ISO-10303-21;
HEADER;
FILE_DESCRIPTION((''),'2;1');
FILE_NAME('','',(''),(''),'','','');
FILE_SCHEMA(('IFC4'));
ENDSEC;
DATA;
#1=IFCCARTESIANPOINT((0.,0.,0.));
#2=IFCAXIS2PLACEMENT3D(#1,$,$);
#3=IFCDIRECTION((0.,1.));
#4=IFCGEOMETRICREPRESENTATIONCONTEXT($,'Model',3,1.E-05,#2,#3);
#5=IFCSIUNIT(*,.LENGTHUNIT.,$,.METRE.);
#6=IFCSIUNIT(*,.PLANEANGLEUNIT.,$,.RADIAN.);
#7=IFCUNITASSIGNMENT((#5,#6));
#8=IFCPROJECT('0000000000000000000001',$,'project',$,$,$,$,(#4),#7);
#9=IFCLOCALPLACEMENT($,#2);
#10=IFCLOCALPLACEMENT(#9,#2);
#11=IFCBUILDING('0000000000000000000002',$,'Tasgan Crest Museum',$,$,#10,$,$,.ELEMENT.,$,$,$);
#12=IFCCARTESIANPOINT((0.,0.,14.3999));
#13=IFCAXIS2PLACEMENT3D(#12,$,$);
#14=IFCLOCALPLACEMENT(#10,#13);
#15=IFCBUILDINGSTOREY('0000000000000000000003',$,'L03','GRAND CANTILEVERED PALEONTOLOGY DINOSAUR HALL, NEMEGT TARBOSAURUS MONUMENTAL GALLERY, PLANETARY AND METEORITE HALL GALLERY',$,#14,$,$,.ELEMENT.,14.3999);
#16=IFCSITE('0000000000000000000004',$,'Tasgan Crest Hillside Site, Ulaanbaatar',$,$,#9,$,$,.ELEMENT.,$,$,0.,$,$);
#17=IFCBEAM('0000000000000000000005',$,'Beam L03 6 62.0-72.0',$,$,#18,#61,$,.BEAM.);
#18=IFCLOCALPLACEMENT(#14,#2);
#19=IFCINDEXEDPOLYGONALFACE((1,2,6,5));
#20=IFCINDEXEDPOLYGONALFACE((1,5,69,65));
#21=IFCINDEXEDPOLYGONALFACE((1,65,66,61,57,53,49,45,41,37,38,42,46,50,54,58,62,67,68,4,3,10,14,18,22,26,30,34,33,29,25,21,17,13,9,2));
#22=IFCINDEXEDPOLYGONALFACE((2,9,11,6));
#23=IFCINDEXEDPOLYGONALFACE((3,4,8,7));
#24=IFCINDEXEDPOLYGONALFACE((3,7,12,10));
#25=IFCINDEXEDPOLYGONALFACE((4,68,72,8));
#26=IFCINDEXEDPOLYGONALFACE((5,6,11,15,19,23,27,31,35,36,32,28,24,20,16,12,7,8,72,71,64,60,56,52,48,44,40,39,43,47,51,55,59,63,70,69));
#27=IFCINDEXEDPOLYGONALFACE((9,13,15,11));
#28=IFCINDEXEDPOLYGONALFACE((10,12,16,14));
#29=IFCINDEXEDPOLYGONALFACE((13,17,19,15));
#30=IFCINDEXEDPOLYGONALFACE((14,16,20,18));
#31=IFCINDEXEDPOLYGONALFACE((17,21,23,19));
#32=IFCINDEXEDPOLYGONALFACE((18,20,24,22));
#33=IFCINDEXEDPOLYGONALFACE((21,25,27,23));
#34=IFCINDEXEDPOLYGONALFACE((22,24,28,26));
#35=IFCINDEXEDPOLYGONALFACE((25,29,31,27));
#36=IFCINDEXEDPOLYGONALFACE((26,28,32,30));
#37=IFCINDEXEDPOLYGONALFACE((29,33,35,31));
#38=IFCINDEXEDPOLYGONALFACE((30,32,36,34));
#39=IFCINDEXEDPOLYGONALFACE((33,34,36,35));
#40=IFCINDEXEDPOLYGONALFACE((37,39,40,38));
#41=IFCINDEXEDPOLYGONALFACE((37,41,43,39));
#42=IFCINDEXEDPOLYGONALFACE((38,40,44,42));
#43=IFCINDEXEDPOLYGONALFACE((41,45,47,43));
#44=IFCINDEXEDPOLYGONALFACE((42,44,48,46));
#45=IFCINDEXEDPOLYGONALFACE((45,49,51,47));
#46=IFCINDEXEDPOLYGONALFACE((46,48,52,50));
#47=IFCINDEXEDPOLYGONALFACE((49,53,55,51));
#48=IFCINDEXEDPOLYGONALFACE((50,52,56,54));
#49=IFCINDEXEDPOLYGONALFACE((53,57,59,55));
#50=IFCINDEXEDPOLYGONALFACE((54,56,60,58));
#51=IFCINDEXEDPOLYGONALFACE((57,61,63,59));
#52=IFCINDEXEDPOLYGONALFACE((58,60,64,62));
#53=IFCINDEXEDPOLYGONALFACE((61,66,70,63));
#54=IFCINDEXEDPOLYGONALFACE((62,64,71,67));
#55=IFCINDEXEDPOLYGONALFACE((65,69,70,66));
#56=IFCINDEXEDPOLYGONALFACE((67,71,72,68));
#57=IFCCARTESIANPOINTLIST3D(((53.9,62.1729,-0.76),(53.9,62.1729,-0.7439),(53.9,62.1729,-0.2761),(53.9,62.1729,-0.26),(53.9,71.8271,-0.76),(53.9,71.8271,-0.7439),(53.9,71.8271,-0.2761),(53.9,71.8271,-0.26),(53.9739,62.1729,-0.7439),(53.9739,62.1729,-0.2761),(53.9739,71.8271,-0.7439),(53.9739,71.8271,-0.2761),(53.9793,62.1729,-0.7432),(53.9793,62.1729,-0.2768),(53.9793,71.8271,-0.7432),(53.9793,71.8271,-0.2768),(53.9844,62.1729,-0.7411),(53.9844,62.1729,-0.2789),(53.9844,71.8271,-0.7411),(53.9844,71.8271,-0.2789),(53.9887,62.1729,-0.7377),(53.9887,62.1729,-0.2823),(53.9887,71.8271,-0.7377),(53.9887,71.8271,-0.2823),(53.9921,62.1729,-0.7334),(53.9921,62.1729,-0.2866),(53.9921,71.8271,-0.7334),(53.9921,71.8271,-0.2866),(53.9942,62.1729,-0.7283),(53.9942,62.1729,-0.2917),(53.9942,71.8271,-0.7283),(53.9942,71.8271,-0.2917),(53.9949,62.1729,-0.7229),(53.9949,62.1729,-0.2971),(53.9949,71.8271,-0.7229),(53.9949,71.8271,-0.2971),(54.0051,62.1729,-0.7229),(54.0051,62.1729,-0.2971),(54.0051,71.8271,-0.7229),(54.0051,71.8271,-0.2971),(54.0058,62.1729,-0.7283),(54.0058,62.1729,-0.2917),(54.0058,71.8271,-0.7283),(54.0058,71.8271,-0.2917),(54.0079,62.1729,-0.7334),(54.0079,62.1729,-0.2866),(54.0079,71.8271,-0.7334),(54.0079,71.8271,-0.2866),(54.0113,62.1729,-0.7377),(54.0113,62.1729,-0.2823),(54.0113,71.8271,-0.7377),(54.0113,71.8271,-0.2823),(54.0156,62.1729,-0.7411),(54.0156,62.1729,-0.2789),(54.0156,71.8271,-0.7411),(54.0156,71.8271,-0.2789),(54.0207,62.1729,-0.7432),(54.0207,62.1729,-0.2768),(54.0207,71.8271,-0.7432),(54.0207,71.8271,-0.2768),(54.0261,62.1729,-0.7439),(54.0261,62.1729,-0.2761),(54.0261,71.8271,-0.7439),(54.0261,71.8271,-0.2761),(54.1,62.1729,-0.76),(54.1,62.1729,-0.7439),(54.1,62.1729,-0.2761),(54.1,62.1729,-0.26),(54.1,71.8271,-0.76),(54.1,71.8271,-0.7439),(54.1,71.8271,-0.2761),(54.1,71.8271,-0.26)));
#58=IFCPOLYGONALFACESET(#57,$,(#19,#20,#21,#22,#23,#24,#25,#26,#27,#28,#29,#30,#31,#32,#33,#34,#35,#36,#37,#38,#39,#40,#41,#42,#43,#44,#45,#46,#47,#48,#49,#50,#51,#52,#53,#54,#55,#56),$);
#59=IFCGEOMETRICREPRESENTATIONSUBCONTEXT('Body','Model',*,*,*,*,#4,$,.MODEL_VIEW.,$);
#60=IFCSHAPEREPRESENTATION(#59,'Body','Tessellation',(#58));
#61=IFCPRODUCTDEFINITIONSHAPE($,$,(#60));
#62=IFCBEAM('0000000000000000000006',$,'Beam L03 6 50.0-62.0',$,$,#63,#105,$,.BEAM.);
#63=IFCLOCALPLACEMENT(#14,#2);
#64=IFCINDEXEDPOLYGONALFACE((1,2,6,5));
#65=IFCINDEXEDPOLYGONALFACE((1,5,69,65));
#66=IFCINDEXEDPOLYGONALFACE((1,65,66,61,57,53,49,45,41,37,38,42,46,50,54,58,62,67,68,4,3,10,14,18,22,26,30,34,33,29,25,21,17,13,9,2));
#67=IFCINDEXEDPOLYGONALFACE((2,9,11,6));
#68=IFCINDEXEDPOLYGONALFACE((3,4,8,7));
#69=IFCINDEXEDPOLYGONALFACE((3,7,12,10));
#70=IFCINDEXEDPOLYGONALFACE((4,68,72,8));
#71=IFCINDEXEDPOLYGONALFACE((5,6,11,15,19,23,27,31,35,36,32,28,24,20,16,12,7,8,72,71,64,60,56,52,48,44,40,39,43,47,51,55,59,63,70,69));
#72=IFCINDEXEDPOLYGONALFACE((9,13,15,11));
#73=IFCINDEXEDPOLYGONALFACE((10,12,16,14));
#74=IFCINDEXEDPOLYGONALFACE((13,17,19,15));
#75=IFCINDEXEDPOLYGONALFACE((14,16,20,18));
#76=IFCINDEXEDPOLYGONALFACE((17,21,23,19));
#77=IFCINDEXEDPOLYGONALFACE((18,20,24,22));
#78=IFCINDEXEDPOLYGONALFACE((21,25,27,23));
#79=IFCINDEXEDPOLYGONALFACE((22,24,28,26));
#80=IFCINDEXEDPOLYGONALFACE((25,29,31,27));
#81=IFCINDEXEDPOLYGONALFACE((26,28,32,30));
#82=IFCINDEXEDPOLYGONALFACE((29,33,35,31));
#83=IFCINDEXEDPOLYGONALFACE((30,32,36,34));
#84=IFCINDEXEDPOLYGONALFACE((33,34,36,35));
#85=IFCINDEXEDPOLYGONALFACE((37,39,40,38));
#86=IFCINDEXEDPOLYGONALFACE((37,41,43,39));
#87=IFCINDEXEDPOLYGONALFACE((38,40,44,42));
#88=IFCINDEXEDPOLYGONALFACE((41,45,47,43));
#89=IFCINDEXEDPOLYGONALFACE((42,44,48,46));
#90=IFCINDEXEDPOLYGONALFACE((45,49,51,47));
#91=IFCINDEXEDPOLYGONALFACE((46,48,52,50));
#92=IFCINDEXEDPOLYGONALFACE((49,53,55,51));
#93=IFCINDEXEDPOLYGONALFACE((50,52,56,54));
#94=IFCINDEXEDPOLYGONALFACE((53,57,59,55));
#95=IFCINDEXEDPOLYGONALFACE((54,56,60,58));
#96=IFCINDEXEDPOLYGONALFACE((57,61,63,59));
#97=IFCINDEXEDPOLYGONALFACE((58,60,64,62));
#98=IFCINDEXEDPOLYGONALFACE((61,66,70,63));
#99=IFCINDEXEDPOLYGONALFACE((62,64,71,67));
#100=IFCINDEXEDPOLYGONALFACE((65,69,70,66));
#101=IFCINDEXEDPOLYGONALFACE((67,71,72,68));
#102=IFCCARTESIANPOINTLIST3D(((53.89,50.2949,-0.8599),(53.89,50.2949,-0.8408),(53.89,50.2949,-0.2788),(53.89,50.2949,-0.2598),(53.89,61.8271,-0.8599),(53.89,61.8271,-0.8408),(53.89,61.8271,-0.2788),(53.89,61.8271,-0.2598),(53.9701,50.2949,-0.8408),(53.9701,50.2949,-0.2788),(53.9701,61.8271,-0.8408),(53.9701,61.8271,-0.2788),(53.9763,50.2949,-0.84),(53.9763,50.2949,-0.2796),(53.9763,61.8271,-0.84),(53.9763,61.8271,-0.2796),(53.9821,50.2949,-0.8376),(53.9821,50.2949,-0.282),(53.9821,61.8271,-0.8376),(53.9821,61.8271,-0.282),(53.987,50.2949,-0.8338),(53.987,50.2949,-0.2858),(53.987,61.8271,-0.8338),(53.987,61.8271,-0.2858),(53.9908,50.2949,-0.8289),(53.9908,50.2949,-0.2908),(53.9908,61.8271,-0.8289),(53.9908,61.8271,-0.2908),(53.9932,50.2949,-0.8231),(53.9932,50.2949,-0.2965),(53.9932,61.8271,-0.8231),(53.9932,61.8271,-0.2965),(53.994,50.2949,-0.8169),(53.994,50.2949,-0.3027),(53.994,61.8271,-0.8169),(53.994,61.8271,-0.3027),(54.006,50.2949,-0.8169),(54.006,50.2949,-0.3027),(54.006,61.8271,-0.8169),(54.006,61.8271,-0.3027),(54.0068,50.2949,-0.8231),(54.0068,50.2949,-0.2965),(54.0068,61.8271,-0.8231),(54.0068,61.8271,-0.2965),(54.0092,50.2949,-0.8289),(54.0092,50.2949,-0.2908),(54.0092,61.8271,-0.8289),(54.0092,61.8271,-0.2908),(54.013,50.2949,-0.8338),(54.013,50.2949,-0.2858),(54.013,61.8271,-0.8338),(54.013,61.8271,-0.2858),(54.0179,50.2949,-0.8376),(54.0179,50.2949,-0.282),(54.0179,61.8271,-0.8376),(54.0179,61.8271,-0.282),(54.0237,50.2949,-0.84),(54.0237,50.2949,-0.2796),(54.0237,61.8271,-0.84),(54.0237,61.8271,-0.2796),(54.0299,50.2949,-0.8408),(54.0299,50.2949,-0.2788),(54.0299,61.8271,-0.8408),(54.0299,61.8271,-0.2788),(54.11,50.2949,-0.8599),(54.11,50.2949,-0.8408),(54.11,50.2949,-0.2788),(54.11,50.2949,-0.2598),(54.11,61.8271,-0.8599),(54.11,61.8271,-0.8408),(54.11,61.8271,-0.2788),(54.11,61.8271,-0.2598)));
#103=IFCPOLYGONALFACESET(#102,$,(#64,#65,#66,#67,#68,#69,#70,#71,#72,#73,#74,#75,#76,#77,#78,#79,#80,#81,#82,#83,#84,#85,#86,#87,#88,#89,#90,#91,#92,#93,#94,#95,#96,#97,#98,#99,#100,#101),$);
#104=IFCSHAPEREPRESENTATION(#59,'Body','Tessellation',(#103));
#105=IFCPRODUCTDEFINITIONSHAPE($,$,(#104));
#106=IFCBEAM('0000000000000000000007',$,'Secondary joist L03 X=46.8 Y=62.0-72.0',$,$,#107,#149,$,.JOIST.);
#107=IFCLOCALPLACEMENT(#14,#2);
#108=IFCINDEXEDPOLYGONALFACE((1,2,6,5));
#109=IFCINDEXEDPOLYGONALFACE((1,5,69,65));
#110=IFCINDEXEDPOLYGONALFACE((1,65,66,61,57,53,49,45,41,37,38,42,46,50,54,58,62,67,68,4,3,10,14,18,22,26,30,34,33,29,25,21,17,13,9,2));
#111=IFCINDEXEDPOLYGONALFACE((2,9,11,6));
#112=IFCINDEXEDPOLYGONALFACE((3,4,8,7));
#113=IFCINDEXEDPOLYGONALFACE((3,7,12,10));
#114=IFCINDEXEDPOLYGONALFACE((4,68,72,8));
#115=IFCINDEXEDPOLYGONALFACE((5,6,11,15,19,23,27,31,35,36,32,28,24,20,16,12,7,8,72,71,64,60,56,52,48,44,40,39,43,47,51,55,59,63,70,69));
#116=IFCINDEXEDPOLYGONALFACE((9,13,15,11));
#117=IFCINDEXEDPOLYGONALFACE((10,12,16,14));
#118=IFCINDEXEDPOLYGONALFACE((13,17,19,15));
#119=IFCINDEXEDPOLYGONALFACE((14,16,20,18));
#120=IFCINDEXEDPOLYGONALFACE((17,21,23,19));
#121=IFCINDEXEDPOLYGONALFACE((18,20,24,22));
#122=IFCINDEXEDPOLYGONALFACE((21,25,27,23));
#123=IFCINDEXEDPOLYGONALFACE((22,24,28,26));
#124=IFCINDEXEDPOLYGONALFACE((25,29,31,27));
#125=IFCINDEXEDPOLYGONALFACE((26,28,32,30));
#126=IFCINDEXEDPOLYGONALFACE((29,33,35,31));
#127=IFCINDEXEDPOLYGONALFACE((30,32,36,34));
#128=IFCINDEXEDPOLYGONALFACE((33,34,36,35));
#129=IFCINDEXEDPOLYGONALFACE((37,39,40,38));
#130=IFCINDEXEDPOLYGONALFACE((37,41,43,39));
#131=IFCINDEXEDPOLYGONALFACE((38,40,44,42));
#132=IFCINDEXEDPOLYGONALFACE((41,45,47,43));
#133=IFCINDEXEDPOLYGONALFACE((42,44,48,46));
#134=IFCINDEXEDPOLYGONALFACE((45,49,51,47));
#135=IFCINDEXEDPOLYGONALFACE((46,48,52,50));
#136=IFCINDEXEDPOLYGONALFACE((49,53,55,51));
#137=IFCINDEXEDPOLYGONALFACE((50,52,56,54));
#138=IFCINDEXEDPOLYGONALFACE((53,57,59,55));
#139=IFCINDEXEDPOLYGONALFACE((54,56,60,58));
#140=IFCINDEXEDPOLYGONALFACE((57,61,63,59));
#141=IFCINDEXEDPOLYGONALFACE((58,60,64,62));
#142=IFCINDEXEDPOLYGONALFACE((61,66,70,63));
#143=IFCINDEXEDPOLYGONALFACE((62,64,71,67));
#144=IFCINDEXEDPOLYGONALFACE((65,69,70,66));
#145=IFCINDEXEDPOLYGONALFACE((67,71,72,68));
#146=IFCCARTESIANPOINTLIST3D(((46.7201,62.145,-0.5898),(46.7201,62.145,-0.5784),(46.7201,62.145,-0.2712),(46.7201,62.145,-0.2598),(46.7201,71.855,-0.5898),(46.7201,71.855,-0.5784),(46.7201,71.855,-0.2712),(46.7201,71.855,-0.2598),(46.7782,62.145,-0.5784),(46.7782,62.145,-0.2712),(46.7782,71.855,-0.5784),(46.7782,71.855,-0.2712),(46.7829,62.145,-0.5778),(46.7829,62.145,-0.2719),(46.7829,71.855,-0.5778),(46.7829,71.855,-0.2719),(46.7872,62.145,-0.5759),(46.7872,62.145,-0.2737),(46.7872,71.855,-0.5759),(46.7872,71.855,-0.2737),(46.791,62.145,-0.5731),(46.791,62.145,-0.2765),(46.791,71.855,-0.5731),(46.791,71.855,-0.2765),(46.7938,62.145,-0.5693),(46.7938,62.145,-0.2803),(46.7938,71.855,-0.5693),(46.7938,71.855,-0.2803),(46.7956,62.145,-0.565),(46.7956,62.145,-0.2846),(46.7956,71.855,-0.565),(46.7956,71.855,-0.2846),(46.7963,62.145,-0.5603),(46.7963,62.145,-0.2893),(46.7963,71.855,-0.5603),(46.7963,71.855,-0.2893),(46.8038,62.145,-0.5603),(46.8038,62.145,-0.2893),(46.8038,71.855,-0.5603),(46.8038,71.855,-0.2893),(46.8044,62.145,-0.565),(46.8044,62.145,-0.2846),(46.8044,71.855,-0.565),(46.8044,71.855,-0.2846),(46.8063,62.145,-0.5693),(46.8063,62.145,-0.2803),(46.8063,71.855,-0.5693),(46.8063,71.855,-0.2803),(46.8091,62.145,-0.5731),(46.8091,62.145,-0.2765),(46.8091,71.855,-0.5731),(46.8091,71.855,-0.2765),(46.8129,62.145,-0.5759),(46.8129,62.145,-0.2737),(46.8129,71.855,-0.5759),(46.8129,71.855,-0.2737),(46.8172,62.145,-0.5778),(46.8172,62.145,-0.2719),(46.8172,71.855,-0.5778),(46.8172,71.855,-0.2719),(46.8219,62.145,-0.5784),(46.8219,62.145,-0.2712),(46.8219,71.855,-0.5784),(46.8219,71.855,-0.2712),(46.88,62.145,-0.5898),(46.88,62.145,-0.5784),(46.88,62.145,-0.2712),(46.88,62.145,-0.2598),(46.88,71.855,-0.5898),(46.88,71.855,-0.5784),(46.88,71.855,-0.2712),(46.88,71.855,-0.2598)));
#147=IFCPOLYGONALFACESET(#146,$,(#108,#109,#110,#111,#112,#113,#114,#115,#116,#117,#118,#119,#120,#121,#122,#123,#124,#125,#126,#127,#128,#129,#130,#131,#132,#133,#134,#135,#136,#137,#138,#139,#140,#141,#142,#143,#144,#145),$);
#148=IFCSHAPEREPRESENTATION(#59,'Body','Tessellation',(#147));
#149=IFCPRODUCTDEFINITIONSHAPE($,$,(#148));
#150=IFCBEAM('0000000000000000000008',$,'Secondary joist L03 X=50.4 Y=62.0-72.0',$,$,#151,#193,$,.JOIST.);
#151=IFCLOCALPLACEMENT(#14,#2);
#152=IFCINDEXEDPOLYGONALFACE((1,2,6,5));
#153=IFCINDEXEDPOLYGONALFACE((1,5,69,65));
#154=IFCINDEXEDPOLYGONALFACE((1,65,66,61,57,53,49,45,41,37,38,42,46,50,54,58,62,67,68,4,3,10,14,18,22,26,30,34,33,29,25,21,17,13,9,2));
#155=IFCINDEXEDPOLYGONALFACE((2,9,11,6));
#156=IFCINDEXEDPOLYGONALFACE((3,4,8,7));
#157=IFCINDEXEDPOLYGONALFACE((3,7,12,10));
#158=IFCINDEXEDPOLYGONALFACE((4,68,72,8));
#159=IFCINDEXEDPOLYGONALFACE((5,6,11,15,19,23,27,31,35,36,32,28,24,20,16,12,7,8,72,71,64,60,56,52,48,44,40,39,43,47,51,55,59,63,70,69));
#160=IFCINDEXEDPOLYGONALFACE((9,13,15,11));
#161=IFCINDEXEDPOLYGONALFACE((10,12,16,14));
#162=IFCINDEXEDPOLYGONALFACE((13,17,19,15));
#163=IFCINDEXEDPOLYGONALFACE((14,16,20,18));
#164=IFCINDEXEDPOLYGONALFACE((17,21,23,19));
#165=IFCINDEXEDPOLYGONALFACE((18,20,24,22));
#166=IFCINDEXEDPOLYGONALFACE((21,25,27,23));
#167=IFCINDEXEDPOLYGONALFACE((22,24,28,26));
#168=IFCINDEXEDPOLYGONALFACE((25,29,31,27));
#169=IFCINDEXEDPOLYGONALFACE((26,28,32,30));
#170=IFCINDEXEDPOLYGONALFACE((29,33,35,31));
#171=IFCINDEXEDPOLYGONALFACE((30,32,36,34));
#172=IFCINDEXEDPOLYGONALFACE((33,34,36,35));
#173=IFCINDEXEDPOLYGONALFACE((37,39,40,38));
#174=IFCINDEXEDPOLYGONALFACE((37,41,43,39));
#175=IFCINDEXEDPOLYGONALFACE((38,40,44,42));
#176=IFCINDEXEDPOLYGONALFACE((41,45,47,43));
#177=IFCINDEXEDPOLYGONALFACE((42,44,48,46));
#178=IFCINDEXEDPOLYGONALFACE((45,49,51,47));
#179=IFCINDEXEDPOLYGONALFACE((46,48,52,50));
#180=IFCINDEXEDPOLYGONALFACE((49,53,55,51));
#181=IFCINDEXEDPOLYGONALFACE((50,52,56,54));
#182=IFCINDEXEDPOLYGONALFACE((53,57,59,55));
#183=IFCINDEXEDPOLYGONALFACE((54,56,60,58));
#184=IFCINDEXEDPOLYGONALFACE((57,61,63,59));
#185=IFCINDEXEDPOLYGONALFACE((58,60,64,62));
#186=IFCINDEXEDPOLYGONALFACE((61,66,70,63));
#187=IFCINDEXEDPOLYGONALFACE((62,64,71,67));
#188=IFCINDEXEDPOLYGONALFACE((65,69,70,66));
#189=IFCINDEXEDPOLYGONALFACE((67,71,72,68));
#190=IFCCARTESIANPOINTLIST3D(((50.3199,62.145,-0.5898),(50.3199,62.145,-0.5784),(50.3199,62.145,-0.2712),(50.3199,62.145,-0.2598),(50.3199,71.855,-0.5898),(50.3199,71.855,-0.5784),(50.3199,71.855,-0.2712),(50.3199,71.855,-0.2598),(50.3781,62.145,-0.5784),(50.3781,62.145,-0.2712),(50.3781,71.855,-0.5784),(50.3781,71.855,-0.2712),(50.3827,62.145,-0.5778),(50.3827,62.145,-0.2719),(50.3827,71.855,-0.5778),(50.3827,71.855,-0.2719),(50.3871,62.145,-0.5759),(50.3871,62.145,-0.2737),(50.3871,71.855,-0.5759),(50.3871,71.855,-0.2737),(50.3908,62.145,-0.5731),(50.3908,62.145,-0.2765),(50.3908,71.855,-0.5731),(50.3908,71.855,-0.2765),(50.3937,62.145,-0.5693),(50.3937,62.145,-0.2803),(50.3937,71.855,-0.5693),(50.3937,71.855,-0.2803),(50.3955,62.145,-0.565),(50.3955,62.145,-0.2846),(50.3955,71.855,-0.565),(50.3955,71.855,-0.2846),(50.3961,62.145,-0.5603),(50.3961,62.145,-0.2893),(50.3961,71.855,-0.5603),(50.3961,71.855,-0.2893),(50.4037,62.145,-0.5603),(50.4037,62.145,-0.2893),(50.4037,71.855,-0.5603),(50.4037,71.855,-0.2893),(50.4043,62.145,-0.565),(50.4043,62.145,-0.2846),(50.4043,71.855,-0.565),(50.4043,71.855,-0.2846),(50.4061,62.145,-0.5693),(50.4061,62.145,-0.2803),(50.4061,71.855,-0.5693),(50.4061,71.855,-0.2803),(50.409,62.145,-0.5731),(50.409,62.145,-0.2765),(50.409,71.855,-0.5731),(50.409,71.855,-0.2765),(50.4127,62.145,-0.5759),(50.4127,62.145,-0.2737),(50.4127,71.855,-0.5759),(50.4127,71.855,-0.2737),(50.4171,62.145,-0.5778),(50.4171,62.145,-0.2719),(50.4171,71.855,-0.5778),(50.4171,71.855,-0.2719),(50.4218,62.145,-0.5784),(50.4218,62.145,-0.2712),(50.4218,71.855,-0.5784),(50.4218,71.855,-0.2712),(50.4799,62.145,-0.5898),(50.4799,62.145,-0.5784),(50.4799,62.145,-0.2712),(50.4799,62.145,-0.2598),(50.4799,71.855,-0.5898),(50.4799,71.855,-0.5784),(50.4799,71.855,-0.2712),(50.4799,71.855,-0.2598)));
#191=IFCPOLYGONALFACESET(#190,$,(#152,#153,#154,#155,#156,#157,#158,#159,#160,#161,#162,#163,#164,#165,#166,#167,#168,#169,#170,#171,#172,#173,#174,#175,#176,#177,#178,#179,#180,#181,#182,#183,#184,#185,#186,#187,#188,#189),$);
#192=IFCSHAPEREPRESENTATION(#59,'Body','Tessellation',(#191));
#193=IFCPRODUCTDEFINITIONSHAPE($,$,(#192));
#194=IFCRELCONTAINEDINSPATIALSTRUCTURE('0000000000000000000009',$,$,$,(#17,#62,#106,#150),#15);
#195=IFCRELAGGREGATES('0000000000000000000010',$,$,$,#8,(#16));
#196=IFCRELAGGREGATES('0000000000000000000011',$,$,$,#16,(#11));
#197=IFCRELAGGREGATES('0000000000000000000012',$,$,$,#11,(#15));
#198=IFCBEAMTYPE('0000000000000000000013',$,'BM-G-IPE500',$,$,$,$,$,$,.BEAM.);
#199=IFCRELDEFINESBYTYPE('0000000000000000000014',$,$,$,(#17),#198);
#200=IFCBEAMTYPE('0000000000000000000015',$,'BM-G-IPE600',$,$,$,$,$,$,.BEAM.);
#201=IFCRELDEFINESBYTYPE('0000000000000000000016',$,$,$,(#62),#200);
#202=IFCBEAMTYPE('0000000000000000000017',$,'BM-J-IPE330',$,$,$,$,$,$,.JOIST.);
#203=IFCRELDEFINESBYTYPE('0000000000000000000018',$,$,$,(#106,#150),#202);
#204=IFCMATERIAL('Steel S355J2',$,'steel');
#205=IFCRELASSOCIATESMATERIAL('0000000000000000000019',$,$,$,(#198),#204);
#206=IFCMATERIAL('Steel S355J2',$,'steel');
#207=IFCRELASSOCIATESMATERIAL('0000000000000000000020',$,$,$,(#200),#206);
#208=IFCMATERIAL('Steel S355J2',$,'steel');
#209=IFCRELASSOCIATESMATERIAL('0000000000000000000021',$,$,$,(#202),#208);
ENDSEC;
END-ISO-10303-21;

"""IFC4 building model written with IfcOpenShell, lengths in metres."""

from ifc_helpers import new_model, si_unit, direction, frame, origin, origin_2d, place, context, subcontext, project, spatial, i_section, extrude, material, material_profile, profile_set, type_object, element, save


model = new_model("IFC4")

# Units and contexts
model_context = context("Model", 3, precision=1e-05, world=origin(), true_north=direction((0.0, 1.0)))
body_context = subcontext(model_context, "Body", "Model", "MODEL_VIEW")
ifc_project = project(units=[si_unit("LENGTHUNIT", "METRE"), si_unit("PLANEANGLEUNIT", "RADIAN")], contexts=[model_context])

# Site, building, storey
site_placement = place(None, origin())
site = spatial("IfcSite", under=ifc_project, at=site_placement, Name="Tasgan Crest Hillside Site, Ulaanbaatar", CompositionType="ELEMENT", RefElevation=0.0)
building_placement = place(site_placement, origin())
building = spatial("IfcBuilding", under=site, at=building_placement, Name="Tasgan Crest Museum", CompositionType="ELEMENT")
storey_placement = place(building_placement, frame((0.0, 0.0, 14.3999)))
storey = spatial("IfcBuildingStorey", under=building, at=storey_placement, Name="L03", Description="GRAND CANTILEVERED PALEONTOLOGY DINOSAUR HALL, NEMEGT TARBOSAURUS MONUMENTAL GALLERY, PLANETARY AND METEORITE HALL GALLERY", CompositionType="ELEMENT", Elevation=14.3999)

# Beams
ifc_material_1 = material(Name="Steel S355J2", Category="steel")
ifc_material_profile_1 = material_profile(ifc_material_1, i_section(OverallWidth=0.2, OverallDepth=0.5, WebThickness=0.0103, FlangeThickness=0.0161, FilletRadius=0.021, at=origin_2d()), Name="IPE 500")
ifc_profile_set_1 = profile_set([ifc_material_profile_1], Name="Steel S355J2")
beam_type_1 = type_object("IfcBeamType", Name="BM-G-IPE500", PredefinedType="BEAM", material=ifc_profile_set_1)
beam_1_placement = place(storey_placement, frame((54.0, 62.1729, -0.51), z_axis=(0.0, 1.0, 0.0), x_axis=(-1.0, 0.0, 0.0)))
element("IfcBeam", 1, at=beam_1_placement, inside=storey, type_object=beam_type_1, Name="Beam L03 6 62.0-72.0", PredefinedType="BEAM", context=body_context, shape_type="SweptSolid", body=[
    extrude(i_section(OverallWidth=0.2, OverallDepth=0.5, WebThickness=0.0103, FlangeThickness=0.0161, FilletRadius=0.021, at=origin_2d()), origin(), (0.0, 0.0, 1.0), 9.6543),
])
ifc_material_2 = material(Name="Steel S355J2", Category="steel")
ifc_material_profile_2 = material_profile(ifc_material_2, i_section(OverallWidth=0.22, OverallDepth=0.6001, WebThickness=0.012, FlangeThickness=0.019, FilletRadius=0.0239, at=origin_2d()), Name="IPE 600")
ifc_profile_set_2 = profile_set([ifc_material_profile_2], Name="Steel S355J2")
beam_type_2 = type_object("IfcBeamType", Name="BM-G-IPE600", PredefinedType="BEAM", material=ifc_profile_set_2)
beam_2_placement = place(storey_placement, frame((54.0, 50.2949, -0.5598), z_axis=(0.0, 1.0, 0.0), x_axis=(-1.0, 0.0, 0.0)))
element("IfcBeam", 2, at=beam_2_placement, inside=storey, type_object=beam_type_2, Name="Beam L03 6 50.0-62.0", PredefinedType="BEAM", context=body_context, shape_type="SweptSolid", body=[
    extrude(i_section(OverallWidth=0.22, OverallDepth=0.6001, WebThickness=0.012, FlangeThickness=0.019, FilletRadius=0.0239, at=origin_2d()), origin(), (0.0, 0.0, 1.0), 11.5322),
])
ifc_material_3 = material(Name="Steel S355J2", Category="steel")
ifc_material_profile_3 = material_profile(ifc_material_3, i_section(OverallWidth=0.1599, OverallDepth=0.3301, WebThickness=0.0076, FlangeThickness=0.0115, FilletRadius=0.0181, at=origin_2d()), Name="IPE 330")
ifc_profile_set_3 = profile_set([ifc_material_profile_3], Name="Steel S355J2")
beam_type_3 = type_object("IfcBeamType", Name="BM-J-IPE330", PredefinedType="JOIST", material=ifc_profile_set_3)
for number, where, z_axis, x_axis, name in (
    (3, (46.8, 62.145, -0.4248), (0.0, 1.0, 0.0), (-1.0, 0.0, 0.0), "Secondary joist L03 X=46.8 Y=62.0-72.0"),
    (4, (50.3999, 62.145, -0.4248), (0.0, 1.0, 0.0), (-1.0, 0.0, 0.0), "Secondary joist L03 X=50.4 Y=62.0-72.0"),
):
    element("IfcBeam", number, at=place(storey_placement, frame(where, z_axis=z_axis, x_axis=x_axis)), inside=storey, type_object=beam_type_3, Name=name, PredefinedType="JOIST", context=body_context, shape_type="SweptSolid", body=[
        extrude(i_section(OverallWidth=0.1599, OverallDepth=0.3301, WebThickness=0.0076, FlangeThickness=0.0115, FilletRadius=0.0181, at=origin_2d()), origin(), (0.0, 0.0, 1.0), 9.71),
    ])

save(model, "model.ifc")
